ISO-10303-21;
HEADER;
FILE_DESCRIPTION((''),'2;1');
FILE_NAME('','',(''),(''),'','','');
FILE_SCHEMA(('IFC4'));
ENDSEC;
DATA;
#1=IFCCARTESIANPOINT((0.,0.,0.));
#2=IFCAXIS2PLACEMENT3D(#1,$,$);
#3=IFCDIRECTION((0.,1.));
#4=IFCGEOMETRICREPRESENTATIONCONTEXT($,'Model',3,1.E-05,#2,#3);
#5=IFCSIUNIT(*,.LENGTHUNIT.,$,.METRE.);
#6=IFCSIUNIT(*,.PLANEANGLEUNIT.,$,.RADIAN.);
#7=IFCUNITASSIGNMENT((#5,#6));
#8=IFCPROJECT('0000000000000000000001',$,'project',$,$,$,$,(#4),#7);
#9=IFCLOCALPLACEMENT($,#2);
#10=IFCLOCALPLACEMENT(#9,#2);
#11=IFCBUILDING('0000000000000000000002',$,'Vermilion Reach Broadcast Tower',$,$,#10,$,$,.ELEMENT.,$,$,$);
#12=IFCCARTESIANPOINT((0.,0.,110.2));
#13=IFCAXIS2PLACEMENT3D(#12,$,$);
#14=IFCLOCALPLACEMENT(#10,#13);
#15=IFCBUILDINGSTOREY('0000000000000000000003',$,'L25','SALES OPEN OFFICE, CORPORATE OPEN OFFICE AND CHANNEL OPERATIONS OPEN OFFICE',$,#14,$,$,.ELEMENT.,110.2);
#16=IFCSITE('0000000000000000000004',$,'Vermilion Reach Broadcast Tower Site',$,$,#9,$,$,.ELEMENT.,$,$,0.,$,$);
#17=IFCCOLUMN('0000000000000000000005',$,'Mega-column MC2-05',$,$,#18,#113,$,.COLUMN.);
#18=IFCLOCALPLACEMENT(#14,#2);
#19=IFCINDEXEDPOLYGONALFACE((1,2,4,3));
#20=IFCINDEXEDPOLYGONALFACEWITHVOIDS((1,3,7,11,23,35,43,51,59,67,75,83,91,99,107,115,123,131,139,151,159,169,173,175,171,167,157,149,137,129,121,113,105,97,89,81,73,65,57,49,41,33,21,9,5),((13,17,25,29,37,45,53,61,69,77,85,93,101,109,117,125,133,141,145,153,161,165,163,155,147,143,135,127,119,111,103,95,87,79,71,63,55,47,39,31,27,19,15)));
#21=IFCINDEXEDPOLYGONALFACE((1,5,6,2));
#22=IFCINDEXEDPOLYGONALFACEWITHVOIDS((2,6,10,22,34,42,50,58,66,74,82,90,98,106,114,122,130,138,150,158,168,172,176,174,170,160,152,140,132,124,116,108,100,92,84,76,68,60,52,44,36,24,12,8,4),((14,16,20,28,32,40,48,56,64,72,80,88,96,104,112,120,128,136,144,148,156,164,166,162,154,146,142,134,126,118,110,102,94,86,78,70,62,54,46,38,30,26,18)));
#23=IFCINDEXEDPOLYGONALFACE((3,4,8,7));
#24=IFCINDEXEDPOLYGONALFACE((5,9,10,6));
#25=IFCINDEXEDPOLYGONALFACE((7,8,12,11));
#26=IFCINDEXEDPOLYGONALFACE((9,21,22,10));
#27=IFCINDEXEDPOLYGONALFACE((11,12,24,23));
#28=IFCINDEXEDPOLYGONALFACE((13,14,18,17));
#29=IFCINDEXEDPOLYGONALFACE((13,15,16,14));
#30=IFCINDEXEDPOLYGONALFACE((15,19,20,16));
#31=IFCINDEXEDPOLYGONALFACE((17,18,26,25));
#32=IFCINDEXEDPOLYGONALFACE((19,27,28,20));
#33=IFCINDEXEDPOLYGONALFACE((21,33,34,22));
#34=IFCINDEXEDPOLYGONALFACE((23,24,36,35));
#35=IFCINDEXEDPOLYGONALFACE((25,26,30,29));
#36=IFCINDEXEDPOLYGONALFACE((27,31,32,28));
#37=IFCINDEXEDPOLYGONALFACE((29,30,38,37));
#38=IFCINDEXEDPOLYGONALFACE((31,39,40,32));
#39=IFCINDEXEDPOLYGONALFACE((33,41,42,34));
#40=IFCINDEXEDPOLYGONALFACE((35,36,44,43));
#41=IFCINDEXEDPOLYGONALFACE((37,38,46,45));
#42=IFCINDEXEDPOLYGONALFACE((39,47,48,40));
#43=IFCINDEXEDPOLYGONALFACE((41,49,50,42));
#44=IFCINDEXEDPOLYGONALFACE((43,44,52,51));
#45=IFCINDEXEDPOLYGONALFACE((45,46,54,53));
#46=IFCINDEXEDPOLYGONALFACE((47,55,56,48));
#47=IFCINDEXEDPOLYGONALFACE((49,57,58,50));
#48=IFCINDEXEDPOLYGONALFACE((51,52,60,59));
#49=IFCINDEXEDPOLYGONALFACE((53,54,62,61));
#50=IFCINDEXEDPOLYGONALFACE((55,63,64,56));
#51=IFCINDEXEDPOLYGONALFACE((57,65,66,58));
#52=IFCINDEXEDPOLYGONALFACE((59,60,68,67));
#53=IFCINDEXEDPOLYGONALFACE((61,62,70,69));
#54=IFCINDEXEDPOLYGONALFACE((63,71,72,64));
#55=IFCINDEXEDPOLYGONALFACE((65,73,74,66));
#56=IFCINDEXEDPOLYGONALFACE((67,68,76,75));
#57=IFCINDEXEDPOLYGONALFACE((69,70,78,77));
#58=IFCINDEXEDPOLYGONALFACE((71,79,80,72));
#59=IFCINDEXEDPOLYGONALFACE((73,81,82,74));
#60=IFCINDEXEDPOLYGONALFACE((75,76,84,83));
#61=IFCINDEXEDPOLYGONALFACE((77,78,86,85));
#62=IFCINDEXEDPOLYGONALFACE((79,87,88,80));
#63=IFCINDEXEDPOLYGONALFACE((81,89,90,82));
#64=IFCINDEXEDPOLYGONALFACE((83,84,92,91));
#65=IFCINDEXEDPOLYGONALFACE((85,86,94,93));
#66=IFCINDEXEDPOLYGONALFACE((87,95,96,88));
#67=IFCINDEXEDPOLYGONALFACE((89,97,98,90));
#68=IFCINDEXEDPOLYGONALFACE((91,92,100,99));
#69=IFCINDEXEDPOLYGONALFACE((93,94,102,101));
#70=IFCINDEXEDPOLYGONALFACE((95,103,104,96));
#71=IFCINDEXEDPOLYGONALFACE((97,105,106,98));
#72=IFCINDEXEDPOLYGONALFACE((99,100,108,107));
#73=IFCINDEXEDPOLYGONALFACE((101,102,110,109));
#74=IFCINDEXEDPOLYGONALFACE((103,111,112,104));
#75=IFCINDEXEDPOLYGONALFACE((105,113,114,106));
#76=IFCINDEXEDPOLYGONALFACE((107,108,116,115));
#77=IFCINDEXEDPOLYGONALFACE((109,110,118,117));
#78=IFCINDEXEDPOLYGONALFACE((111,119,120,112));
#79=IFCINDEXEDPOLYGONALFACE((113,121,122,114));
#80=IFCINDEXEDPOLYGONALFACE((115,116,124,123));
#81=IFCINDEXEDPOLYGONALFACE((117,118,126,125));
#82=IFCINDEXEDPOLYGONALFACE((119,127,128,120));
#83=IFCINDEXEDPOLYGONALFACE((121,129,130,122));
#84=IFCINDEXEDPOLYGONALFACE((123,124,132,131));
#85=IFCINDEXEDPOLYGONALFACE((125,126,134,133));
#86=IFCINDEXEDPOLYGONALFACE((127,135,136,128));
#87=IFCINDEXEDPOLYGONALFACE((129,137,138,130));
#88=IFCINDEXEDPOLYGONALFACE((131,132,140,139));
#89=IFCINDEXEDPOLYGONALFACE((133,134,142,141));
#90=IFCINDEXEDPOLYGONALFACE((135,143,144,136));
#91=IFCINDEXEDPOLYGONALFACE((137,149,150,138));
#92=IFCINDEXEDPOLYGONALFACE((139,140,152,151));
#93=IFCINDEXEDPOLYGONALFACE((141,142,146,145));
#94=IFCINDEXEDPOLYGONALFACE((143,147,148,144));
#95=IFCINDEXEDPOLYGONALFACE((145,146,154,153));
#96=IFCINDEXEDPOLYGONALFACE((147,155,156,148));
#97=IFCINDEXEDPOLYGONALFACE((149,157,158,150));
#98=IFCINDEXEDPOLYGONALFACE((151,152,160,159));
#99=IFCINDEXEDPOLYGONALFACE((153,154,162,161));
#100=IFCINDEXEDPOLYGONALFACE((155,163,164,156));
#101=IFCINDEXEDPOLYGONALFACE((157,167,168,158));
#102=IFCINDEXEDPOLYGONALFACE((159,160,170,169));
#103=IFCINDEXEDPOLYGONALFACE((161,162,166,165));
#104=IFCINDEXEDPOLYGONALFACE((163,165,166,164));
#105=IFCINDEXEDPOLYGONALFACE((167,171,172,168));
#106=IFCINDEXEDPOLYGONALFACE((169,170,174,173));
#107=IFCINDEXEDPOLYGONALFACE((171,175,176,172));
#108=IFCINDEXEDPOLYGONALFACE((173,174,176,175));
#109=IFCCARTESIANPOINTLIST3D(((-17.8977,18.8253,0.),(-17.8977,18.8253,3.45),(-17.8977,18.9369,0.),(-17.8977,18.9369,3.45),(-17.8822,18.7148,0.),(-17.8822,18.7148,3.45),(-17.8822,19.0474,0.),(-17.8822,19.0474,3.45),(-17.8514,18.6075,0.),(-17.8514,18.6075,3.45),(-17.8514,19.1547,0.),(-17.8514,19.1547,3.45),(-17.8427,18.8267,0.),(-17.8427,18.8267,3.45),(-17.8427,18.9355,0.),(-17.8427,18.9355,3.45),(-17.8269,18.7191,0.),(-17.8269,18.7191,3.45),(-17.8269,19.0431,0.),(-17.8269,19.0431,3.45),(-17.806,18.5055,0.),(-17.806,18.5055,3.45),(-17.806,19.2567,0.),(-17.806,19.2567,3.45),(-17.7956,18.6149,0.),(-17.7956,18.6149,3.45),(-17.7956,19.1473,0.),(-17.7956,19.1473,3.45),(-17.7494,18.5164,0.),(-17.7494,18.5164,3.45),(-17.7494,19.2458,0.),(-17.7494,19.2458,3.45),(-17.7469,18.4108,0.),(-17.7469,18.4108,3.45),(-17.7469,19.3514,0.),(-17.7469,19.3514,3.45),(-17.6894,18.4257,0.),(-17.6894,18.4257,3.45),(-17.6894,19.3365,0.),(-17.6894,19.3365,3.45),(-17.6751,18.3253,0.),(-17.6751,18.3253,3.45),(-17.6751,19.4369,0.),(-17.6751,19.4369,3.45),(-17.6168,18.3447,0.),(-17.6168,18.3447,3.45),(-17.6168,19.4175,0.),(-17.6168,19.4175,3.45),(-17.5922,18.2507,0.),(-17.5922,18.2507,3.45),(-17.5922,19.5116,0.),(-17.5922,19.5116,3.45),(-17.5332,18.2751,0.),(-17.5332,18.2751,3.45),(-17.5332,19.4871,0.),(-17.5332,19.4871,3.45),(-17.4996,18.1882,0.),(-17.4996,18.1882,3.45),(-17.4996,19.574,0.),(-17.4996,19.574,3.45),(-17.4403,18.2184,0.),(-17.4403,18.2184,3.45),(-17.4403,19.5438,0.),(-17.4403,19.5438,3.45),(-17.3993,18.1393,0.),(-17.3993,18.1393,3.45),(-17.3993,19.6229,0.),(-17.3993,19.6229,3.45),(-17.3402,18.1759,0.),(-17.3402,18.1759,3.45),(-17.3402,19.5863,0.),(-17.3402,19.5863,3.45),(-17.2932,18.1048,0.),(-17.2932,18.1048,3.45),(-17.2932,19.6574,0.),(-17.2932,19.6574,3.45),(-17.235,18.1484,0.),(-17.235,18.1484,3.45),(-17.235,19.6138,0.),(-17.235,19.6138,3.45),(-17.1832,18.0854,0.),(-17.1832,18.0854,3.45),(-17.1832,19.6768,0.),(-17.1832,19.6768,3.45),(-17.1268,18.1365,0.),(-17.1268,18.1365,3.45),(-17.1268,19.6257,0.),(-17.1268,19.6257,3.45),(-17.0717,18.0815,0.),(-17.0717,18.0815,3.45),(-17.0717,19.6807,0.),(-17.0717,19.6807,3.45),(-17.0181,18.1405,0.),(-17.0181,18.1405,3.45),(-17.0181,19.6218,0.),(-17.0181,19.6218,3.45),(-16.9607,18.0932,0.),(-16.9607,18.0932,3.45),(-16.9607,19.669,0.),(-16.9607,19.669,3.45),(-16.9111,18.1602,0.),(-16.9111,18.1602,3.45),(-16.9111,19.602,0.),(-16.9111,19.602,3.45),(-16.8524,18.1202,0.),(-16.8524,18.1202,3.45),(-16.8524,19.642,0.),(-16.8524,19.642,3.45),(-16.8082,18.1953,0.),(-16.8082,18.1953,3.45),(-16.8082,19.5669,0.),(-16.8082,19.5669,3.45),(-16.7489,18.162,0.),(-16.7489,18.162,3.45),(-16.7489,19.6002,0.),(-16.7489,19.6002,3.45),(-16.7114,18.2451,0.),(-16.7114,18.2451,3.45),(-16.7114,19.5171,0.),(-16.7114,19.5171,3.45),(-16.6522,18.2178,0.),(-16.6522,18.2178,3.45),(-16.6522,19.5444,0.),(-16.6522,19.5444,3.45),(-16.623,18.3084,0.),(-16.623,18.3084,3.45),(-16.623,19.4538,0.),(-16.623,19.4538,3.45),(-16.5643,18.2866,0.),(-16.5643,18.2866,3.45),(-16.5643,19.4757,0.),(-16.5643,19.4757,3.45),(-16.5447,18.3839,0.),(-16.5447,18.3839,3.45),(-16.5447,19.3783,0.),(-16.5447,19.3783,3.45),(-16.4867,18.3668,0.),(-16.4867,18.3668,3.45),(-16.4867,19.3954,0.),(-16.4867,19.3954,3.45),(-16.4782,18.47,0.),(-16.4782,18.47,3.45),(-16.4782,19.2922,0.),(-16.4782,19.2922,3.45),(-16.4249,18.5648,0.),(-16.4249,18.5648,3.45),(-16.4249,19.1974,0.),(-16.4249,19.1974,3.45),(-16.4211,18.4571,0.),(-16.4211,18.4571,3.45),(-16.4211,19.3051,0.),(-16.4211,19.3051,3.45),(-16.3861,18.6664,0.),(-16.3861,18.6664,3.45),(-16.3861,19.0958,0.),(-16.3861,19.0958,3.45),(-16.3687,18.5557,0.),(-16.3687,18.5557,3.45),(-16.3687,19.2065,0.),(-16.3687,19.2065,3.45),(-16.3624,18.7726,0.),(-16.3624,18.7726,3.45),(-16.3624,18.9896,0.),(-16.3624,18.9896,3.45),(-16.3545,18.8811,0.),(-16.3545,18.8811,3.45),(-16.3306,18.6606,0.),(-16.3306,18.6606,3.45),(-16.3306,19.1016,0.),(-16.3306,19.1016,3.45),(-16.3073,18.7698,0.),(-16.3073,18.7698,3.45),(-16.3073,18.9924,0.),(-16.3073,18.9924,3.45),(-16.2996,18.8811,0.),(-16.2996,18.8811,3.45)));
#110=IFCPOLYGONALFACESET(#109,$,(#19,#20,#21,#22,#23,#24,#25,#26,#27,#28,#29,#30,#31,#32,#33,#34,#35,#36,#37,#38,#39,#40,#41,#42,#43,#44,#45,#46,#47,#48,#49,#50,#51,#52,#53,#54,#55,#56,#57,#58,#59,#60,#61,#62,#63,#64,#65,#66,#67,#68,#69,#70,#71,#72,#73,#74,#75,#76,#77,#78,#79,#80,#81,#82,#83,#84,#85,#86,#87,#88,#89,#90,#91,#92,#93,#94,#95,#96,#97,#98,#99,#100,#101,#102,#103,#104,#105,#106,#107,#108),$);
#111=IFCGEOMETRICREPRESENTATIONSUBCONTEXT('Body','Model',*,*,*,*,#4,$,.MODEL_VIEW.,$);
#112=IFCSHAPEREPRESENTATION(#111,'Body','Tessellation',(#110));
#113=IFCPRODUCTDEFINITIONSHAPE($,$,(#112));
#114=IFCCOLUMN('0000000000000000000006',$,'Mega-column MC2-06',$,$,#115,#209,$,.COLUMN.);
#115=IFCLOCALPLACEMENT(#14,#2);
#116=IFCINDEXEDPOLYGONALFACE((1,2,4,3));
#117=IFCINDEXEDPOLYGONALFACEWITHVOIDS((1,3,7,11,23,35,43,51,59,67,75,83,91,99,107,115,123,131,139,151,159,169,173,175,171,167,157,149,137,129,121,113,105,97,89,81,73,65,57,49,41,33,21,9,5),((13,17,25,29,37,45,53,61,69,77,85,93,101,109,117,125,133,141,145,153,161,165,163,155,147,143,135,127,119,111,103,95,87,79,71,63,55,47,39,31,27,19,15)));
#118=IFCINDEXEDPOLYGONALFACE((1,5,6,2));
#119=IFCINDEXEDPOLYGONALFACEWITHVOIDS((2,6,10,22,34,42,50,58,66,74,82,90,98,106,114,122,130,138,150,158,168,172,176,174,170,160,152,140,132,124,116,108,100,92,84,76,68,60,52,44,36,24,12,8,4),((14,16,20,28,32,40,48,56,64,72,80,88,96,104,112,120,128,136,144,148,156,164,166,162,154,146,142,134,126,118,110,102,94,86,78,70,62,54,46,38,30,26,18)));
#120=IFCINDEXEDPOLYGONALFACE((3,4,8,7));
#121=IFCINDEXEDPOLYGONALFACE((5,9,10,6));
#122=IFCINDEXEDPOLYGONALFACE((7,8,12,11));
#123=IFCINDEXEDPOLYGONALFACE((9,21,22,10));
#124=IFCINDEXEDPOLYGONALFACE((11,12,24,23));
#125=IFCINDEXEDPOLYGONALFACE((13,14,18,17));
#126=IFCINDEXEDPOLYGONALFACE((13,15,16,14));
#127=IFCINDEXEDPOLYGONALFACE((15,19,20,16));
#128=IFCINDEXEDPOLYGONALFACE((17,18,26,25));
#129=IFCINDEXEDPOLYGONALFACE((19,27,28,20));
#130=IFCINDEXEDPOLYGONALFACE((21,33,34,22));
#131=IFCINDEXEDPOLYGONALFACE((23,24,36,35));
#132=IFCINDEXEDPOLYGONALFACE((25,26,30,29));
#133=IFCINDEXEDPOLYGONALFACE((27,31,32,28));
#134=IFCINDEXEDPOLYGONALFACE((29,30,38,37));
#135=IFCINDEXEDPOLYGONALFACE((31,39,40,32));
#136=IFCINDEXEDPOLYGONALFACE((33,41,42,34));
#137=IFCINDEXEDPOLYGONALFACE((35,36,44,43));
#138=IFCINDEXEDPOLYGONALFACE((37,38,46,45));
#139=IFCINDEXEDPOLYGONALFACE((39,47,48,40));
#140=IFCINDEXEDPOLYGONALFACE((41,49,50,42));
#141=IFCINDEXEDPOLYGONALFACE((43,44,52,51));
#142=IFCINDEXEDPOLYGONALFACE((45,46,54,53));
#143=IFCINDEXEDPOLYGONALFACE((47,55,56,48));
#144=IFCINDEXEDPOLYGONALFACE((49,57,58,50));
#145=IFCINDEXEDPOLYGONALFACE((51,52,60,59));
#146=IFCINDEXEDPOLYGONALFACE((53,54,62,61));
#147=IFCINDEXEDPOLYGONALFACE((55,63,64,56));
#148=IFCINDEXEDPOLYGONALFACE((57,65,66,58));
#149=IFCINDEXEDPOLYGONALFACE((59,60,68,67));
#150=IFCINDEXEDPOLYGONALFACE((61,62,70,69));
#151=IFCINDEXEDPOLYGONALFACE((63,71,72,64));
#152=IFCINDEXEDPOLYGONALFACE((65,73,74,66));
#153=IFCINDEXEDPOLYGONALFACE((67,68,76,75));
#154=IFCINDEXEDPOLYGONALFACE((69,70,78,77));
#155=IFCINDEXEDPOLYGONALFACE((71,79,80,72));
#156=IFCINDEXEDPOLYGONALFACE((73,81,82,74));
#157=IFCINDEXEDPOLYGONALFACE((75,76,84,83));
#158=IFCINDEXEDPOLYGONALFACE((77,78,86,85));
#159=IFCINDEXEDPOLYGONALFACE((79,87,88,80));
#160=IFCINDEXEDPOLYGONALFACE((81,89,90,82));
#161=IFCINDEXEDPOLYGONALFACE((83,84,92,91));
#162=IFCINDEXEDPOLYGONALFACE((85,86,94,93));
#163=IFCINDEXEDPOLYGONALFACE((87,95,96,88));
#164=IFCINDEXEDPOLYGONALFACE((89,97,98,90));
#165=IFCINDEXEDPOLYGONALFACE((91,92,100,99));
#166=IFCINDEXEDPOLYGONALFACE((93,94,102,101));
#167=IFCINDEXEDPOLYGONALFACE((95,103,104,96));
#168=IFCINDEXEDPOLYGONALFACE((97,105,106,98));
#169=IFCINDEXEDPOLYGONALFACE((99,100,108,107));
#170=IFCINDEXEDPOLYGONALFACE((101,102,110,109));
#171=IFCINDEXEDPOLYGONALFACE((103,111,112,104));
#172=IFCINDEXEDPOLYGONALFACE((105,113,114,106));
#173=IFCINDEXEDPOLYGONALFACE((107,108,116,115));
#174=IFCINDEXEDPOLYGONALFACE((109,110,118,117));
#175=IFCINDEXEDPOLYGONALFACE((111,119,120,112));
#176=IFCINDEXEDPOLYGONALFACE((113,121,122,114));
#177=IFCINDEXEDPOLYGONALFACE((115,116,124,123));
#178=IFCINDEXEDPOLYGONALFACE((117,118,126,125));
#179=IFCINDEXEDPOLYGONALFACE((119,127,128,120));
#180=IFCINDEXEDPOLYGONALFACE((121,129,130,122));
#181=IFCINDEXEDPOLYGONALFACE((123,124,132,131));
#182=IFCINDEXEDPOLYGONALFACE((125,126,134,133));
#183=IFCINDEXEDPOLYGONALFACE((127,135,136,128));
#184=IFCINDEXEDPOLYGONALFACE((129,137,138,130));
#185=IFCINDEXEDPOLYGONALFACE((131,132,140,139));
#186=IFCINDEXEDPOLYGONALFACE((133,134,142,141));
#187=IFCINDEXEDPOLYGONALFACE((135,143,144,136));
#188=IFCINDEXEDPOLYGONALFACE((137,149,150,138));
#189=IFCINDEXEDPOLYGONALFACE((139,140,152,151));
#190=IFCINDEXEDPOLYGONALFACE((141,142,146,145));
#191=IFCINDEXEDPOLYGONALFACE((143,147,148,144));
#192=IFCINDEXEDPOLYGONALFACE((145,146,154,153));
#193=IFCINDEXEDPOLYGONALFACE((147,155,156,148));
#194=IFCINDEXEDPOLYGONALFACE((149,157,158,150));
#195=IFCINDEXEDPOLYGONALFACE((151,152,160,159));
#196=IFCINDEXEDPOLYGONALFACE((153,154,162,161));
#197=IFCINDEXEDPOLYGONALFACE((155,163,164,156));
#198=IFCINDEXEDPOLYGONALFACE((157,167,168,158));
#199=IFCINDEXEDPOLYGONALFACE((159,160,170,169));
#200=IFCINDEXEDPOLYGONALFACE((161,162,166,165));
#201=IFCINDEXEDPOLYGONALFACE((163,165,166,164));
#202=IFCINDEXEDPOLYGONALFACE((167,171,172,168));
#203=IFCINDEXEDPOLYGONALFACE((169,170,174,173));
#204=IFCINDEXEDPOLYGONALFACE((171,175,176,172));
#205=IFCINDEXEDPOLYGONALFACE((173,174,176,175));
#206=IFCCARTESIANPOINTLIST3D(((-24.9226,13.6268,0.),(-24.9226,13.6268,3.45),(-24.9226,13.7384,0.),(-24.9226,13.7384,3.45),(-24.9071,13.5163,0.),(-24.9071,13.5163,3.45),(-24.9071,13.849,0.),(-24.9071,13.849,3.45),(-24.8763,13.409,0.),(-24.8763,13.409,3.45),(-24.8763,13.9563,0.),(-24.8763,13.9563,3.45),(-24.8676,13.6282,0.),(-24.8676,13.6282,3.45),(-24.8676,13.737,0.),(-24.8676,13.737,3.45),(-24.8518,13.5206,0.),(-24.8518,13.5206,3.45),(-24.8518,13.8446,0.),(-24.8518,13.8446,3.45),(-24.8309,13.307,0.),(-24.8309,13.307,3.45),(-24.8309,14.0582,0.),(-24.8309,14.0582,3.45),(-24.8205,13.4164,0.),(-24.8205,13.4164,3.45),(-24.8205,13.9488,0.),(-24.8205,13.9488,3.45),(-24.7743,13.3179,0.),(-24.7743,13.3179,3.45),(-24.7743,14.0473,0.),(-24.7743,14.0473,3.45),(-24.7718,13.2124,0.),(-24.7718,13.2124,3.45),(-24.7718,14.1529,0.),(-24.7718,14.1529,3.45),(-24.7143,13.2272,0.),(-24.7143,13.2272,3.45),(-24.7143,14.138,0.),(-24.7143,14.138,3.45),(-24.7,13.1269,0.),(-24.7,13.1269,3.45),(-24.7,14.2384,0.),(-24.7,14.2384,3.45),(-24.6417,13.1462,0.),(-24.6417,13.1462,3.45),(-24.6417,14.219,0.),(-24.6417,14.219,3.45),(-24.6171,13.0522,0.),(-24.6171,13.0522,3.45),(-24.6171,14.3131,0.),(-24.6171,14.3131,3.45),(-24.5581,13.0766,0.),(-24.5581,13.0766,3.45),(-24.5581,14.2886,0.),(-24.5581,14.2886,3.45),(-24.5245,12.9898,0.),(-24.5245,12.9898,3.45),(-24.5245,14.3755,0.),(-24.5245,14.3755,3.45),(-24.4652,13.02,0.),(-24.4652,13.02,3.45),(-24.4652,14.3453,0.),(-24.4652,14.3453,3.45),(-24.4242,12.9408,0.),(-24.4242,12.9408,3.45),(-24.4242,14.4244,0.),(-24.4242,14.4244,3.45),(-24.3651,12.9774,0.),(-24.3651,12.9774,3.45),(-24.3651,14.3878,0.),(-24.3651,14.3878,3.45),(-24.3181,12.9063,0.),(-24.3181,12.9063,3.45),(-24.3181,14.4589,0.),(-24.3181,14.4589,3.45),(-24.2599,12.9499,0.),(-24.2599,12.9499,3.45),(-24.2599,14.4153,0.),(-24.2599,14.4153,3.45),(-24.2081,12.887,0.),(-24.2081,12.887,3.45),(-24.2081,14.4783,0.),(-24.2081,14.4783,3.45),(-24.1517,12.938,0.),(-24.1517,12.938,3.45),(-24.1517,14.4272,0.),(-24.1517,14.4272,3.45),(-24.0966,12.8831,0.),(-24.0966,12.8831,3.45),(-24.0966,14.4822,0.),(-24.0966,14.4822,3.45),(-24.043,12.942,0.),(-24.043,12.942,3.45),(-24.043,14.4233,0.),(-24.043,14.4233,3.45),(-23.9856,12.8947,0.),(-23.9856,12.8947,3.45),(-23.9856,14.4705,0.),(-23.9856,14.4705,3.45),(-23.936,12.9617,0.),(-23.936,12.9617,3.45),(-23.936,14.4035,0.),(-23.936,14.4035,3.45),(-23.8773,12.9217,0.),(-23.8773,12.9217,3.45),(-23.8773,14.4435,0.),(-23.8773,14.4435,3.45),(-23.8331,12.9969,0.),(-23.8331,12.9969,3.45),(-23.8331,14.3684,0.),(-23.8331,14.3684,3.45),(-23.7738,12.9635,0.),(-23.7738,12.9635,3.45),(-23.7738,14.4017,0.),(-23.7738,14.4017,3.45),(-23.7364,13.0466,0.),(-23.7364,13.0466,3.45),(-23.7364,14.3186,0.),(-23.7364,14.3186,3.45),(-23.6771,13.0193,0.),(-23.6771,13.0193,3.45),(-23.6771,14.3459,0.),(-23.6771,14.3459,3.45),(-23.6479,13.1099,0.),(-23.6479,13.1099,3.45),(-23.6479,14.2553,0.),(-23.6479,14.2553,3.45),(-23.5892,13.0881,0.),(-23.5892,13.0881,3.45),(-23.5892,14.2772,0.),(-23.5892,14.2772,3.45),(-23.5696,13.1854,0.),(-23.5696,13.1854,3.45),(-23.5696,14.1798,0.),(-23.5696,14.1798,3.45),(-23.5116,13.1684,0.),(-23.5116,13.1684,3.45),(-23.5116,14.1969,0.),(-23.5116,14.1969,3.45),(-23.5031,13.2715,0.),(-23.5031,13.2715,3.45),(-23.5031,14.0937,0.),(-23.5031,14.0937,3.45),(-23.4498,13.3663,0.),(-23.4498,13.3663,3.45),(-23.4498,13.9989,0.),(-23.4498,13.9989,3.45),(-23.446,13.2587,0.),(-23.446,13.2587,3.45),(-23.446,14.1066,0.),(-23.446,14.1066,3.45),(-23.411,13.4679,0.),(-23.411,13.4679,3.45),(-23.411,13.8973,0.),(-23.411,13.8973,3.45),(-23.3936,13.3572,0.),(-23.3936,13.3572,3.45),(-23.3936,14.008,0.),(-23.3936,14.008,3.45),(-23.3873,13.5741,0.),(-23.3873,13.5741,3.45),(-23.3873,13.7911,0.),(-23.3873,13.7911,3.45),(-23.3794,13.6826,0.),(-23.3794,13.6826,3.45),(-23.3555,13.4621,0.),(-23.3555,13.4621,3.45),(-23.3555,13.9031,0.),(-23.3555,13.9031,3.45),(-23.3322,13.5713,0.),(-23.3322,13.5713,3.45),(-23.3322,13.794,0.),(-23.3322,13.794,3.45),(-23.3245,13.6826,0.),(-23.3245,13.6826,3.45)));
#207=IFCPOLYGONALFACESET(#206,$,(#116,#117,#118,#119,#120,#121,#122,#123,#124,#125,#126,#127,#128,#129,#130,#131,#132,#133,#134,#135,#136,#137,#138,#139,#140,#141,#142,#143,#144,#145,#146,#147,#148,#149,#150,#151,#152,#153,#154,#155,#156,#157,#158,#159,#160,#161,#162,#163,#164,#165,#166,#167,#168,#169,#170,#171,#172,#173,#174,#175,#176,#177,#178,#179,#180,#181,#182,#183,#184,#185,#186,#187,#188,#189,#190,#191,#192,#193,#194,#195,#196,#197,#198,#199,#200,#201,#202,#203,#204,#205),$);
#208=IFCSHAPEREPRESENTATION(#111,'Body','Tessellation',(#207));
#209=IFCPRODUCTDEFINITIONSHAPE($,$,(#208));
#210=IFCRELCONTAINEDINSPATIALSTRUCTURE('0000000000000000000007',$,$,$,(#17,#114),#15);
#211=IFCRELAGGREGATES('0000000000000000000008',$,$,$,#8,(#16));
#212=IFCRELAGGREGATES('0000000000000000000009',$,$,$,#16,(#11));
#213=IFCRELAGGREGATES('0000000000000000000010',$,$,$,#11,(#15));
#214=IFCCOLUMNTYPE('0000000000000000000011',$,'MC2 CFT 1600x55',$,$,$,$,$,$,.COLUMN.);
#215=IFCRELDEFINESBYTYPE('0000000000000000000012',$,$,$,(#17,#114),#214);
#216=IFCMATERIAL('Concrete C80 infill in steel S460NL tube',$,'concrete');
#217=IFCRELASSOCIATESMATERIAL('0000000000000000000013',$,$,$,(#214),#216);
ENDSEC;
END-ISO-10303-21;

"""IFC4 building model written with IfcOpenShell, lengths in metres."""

from ifc_helpers import new_model, si_unit, direction, frame, origin, origin_2d, place, context, subcontext, project, spatial, hollow_circle, extrude, material, material_profile, profile_set, type_object, element, save


model = new_model("IFC4")

# Units and contexts
model_context = context("Model", 3, precision=1e-05, world=origin(), true_north=direction((0.0, 1.0)))
body_context = subcontext(model_context, "Body", "Model", "MODEL_VIEW")
ifc_project = project(units=[si_unit("LENGTHUNIT", "METRE"), si_unit("PLANEANGLEUNIT", "RADIAN")], contexts=[model_context])

# Site, building, storey
site_placement = place(None, origin())
site = spatial("IfcSite", under=ifc_project, at=site_placement, Name="Vermilion Reach Broadcast Tower Site", CompositionType="ELEMENT", RefElevation=0.0)
building_placement = place(site_placement, origin())
building = spatial("IfcBuilding", under=site, at=building_placement, Name="Vermilion Reach Broadcast Tower", CompositionType="ELEMENT")
storey_placement = place(building_placement, frame((0.0, 0.0, 110.2)))
storey = spatial("IfcBuildingStorey", under=building, at=storey_placement, Name="L25", Description="SALES OPEN OFFICE, CORPORATE OPEN OFFICE AND CHANNEL OPERATIONS OPEN OFFICE", CompositionType="ELEMENT", Elevation=110.2)

# Columns
ifc_material_1 = material(Name="Concrete C80 infill in steel S460NL tube", Category="concrete")
ifc_material_profile_1 = material_profile(ifc_material_1, hollow_circle(Radius=0.8, WallThickness=0.0549, at=origin_2d()), Name="Concrete C80 infill in steel S460NL tube CFT 1600x55")
ifc_profile_set_1 = profile_set([ifc_material_profile_1], Name="Concrete C80 infill in steel S460NL tube")
column_type = type_object("IfcColumnType", Name="MC2 CFT 1600x55", PredefinedType="COLUMN", material=ifc_profile_set_1)
for number, where, z_axis, x_axis, name in (
    (1, (-17.0996, 18.8811, 0.0), (0.0, 0.0, 1.0), (1.0, 0.0, 0.0), "Mega-column MC2-05"),
    (2, (-24.1245, 13.6826, 0.0), (0.0, 0.0, 1.0), (1.0, 0.0, 0.0), "Mega-column MC2-06"),
):
    element("IfcColumn", number, at=place(storey_placement, frame(where, z_axis=z_axis, x_axis=x_axis)), inside=storey, type_object=column_type, Name=name, PredefinedType="COLUMN", context=body_context, shape_type="SweptSolid", body=[
        extrude(hollow_circle(Radius=0.8, WallThickness=0.0549, at=origin_2d()), origin(), (0.0, 0.0, 1.0), 3.45),
    ])

save(model, "model.ifc")
